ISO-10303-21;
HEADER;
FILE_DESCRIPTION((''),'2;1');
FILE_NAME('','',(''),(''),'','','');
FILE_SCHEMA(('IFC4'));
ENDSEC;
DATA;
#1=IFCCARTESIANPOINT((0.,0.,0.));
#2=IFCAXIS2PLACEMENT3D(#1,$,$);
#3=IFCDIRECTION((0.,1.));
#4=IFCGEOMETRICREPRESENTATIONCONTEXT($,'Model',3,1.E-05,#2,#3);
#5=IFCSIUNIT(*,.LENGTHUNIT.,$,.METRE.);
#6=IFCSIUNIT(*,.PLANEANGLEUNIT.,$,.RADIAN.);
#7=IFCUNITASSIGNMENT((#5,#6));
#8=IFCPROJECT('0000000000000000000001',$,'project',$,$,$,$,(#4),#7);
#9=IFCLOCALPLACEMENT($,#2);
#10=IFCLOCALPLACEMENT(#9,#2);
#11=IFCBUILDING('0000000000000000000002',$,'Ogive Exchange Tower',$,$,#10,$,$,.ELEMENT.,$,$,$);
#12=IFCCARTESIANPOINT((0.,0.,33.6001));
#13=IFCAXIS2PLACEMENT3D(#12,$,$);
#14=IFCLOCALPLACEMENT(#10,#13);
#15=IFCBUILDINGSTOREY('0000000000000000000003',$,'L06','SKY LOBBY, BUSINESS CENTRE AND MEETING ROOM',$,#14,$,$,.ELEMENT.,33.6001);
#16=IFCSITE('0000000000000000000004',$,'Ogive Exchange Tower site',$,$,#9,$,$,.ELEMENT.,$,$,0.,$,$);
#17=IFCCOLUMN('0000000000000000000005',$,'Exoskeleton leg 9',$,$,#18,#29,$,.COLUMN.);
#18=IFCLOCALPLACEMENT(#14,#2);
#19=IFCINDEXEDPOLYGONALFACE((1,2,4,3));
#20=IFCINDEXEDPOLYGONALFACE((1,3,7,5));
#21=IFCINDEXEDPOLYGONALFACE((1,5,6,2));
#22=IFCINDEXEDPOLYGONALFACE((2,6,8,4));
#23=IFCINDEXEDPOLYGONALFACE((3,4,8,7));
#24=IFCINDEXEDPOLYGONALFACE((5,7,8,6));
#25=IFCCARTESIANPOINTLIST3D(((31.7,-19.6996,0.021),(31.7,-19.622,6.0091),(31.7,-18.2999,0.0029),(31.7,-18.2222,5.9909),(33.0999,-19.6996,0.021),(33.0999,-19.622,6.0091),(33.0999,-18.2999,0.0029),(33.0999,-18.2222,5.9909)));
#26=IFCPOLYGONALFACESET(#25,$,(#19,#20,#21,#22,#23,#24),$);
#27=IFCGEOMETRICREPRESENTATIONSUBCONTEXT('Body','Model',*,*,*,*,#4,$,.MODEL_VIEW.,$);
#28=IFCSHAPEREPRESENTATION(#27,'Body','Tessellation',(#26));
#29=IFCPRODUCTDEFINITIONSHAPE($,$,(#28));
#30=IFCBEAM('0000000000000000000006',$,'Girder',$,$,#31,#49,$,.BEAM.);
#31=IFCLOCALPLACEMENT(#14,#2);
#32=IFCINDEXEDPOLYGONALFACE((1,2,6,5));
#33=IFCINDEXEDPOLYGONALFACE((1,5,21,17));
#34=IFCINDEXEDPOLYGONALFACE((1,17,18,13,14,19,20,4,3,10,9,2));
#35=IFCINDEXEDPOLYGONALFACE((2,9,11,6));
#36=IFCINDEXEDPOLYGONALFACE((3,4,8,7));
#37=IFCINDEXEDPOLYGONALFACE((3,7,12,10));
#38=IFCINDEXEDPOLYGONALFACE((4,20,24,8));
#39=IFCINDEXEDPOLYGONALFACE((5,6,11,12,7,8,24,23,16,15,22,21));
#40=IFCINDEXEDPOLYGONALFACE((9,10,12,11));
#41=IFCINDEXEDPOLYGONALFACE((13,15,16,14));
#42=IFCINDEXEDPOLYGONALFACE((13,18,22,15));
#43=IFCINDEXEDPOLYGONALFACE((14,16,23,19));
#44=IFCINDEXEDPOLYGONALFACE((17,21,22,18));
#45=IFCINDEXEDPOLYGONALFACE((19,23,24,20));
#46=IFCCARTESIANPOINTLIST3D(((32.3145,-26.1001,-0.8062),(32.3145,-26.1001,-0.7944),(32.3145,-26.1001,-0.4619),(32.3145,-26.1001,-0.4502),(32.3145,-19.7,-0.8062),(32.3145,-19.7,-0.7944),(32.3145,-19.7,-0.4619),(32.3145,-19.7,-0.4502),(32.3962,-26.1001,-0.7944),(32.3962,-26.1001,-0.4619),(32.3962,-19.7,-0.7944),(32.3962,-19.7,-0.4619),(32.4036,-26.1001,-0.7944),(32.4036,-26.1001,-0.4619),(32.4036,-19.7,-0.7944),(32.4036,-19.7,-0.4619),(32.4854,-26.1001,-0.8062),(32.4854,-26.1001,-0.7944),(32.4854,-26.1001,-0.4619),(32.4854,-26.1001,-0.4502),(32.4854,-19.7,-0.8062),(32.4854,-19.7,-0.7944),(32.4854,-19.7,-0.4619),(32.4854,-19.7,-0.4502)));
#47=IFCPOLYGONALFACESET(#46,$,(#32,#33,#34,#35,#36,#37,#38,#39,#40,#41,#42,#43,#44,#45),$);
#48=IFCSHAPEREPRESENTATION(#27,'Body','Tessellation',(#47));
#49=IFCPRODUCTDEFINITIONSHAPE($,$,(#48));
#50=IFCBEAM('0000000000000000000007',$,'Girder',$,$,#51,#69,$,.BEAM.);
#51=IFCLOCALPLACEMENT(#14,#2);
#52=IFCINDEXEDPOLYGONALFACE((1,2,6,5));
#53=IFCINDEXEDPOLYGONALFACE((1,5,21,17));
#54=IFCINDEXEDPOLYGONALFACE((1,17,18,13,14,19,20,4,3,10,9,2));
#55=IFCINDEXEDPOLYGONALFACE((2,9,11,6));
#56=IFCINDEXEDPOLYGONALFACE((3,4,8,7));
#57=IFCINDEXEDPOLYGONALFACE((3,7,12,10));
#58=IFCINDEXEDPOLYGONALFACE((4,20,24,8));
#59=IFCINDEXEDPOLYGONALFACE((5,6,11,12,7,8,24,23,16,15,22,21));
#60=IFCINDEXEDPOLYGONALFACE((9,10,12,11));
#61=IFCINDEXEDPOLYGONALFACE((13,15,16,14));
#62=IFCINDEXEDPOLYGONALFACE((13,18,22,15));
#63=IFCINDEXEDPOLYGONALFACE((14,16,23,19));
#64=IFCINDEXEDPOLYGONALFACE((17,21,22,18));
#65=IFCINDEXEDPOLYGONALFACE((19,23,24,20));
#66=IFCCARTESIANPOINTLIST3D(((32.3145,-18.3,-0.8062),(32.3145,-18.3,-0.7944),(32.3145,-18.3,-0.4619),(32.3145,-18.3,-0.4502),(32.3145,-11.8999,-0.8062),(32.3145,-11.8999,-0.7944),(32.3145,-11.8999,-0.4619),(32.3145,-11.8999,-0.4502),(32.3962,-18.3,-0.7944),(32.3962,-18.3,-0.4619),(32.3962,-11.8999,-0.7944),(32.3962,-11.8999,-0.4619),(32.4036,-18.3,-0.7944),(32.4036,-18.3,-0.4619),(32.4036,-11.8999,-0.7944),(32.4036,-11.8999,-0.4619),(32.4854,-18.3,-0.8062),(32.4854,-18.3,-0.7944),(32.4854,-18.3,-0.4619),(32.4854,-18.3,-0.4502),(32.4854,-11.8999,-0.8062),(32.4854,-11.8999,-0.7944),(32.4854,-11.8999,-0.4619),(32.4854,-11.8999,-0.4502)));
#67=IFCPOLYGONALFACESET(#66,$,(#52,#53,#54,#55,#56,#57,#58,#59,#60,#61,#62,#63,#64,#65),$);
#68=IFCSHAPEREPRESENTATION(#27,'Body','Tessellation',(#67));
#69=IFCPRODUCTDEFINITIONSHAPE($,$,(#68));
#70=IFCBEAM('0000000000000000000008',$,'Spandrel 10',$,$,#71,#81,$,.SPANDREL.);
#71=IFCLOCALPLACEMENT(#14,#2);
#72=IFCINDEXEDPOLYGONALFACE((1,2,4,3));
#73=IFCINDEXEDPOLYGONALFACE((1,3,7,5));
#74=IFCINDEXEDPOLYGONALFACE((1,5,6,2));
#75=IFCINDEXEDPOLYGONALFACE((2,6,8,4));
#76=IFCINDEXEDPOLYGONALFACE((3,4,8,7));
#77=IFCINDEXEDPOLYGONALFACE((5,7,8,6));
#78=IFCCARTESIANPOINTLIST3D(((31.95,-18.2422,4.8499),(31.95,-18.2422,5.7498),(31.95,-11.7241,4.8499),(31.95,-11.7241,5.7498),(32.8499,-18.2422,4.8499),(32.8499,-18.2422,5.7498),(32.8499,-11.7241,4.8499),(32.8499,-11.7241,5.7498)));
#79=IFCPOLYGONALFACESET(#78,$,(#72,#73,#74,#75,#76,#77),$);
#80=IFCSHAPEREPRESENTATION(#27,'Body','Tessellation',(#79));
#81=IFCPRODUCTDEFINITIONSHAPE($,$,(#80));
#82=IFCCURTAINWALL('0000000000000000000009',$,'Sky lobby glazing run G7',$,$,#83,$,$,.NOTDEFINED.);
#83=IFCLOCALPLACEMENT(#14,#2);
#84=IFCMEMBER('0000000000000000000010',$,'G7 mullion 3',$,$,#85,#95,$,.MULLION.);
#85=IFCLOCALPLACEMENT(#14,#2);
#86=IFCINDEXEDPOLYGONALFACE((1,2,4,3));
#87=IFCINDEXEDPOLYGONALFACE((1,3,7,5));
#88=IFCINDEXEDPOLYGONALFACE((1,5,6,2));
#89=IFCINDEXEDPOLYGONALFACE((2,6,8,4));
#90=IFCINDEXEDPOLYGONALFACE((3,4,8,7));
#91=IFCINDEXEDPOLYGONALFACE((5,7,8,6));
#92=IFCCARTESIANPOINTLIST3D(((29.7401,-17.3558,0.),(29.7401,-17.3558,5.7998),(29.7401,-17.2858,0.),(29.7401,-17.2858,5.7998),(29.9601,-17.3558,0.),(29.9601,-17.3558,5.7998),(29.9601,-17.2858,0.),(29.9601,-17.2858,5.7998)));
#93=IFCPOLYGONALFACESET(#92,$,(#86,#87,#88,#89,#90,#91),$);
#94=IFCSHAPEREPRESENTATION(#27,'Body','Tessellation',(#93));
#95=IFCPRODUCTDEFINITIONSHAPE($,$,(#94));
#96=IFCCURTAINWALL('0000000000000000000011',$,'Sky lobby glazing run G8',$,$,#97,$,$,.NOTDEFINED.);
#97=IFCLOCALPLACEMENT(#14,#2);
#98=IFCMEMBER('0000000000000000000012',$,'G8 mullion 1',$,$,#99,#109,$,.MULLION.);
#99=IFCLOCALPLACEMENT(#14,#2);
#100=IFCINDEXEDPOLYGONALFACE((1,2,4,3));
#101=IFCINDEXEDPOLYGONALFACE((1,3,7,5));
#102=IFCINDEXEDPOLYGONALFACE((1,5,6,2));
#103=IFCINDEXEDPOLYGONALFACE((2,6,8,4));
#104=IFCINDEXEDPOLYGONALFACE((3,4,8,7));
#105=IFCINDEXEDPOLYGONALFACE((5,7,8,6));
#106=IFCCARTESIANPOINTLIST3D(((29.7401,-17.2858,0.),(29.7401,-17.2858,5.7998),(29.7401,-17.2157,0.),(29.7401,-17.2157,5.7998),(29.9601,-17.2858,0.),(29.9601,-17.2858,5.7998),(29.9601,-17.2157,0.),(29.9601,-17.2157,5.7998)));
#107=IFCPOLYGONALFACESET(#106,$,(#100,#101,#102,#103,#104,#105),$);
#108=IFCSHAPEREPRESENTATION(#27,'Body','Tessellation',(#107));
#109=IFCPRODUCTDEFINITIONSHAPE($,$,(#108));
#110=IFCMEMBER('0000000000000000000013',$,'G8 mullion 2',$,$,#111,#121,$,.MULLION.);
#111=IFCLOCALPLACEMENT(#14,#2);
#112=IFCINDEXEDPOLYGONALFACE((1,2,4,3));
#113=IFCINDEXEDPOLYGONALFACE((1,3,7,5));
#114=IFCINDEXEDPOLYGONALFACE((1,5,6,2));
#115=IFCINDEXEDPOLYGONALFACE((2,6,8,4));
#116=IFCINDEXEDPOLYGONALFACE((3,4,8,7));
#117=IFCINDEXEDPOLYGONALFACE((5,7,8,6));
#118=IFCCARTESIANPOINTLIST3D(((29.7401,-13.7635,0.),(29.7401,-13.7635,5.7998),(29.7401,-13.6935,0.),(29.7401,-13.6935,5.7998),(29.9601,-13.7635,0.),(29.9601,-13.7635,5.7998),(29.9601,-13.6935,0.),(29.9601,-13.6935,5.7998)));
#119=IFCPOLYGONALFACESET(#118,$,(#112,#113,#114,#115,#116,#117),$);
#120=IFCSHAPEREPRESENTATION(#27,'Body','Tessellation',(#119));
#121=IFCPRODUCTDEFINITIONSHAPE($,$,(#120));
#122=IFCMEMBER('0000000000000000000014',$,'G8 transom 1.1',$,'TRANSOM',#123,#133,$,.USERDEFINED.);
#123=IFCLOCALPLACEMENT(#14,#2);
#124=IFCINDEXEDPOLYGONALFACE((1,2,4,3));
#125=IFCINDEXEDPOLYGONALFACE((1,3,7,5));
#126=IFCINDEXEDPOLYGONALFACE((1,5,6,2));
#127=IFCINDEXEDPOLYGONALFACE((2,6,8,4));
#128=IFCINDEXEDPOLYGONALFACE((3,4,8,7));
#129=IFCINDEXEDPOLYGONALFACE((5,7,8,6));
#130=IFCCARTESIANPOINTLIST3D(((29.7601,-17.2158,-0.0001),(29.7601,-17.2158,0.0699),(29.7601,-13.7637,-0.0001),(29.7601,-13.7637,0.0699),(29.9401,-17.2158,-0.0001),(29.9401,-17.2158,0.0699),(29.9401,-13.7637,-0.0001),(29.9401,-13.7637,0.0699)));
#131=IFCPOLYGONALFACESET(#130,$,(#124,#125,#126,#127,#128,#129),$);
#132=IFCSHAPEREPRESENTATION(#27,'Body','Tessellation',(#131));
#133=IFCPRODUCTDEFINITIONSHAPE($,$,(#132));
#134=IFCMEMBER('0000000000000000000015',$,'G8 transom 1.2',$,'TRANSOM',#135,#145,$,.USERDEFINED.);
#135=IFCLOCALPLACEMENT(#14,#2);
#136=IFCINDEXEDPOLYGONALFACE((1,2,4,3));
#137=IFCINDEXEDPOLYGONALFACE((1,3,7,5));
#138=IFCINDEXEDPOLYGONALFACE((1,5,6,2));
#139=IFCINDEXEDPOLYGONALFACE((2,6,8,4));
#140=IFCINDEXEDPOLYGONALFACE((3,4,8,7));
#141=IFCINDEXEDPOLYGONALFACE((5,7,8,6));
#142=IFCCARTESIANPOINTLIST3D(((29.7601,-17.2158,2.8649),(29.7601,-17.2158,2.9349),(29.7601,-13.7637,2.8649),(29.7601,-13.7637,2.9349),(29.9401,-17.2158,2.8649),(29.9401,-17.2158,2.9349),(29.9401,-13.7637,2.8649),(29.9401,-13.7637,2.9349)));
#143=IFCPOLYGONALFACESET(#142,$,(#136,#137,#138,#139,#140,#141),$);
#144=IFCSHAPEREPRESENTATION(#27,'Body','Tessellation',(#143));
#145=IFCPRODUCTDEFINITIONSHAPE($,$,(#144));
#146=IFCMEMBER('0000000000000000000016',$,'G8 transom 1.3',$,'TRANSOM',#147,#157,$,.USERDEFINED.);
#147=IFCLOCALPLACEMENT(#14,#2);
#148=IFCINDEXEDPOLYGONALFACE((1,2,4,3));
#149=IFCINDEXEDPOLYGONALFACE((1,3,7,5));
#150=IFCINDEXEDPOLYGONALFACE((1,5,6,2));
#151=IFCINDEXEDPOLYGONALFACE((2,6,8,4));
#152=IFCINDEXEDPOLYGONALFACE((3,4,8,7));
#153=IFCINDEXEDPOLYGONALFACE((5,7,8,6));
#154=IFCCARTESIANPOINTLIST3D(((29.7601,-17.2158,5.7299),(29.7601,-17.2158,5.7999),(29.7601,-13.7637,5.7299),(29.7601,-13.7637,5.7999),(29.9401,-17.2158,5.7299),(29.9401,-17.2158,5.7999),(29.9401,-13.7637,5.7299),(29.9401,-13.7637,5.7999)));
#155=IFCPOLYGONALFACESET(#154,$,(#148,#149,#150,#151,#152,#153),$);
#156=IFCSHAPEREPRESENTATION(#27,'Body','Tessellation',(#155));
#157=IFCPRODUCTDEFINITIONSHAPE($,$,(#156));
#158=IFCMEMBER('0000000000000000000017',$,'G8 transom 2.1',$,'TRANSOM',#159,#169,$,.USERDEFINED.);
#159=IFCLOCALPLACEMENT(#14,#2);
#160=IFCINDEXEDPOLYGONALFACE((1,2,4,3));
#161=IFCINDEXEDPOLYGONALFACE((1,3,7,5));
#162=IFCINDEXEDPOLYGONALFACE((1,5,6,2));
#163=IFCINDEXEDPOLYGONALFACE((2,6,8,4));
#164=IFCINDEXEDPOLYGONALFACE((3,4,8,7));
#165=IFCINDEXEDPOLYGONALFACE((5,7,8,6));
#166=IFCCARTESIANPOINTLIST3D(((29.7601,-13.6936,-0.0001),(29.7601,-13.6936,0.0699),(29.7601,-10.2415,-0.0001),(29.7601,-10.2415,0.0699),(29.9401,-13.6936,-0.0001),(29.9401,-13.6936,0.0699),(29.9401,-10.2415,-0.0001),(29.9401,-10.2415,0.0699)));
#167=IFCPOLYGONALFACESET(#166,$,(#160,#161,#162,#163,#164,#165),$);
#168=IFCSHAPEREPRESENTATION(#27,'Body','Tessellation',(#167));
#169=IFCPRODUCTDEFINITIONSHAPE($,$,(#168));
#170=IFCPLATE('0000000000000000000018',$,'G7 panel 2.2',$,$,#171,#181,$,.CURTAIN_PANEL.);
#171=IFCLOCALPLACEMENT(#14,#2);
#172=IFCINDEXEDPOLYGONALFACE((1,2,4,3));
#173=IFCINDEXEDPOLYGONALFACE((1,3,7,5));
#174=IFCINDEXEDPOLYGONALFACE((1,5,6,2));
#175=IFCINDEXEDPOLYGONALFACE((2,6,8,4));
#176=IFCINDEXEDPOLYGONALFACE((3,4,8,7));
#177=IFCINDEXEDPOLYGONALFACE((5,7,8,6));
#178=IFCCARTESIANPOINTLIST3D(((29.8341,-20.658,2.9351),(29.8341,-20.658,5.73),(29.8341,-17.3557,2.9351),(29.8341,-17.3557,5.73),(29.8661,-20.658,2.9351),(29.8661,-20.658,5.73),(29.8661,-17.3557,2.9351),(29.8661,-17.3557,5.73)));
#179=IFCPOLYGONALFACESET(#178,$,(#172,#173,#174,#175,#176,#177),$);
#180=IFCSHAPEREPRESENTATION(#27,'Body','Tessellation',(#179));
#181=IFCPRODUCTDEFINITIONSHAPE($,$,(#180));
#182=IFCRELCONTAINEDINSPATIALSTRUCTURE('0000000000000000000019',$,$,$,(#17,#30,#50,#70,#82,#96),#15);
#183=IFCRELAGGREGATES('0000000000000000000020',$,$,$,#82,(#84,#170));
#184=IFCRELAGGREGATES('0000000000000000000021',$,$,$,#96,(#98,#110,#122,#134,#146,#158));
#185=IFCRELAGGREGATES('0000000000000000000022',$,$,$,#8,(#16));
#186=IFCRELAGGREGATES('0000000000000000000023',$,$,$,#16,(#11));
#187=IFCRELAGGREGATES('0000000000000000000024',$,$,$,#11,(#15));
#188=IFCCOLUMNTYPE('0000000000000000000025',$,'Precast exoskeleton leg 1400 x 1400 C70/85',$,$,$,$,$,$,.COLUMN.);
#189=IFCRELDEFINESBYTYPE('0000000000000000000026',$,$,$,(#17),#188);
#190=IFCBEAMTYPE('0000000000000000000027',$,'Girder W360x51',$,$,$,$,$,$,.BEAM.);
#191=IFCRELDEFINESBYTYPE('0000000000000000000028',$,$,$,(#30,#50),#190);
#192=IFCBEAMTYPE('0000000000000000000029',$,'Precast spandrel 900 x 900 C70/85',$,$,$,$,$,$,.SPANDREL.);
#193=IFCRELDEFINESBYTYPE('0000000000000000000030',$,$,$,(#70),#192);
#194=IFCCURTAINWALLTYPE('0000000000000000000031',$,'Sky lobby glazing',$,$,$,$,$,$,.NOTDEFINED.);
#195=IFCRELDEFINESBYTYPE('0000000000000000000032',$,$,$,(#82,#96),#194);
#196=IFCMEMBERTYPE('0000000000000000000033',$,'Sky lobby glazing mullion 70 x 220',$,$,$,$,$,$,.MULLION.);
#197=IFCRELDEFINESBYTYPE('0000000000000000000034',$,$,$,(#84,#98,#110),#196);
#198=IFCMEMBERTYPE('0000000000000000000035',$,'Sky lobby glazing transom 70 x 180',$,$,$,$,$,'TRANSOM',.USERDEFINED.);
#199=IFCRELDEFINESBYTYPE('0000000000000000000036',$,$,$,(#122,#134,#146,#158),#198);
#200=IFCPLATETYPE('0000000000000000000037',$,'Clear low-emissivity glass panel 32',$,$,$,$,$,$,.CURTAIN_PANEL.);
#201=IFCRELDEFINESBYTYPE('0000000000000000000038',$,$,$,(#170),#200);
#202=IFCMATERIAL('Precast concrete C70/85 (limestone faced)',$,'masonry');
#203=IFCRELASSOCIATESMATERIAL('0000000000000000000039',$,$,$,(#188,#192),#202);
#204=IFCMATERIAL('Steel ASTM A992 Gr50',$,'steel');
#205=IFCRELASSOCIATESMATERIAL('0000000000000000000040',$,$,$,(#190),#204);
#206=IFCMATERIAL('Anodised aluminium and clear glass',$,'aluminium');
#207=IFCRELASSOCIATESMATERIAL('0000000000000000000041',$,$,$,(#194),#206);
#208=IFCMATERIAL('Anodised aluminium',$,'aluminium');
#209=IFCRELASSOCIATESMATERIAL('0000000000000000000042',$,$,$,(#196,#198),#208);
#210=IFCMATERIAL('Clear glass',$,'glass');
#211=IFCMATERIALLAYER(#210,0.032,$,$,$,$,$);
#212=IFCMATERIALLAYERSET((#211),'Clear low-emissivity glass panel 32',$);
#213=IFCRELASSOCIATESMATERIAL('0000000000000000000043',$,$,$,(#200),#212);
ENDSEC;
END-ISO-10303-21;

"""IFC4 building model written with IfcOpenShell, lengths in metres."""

from ifc_helpers import new_model, si_unit, direction, frame, origin, origin_2d, place, context, subcontext, project, spatial, rectangle, i_section, extrude, material, layer, layer_set, material_profile, profile_set, type_object, element, aggregate, save


model = new_model("IFC4")

# Units and contexts
model_context = context("Model", 3, precision=1e-05, world=origin(), true_north=direction((0.0, 1.0)))
body_context = subcontext(model_context, "Body", "Model", "MODEL_VIEW")
ifc_project = project(units=[si_unit("LENGTHUNIT", "METRE"), si_unit("PLANEANGLEUNIT", "RADIAN")], contexts=[model_context])

# Site, building, storey
site_placement = place(None, origin())
site = spatial("IfcSite", under=ifc_project, at=site_placement, Name="Ogive Exchange Tower site", CompositionType="ELEMENT", RefElevation=0.0)
building_placement = place(site_placement, origin())
building = spatial("IfcBuilding", under=site, at=building_placement, Name="Ogive Exchange Tower", CompositionType="ELEMENT")
storey_placement = place(building_placement, frame((0.0, 0.0, 33.6001)))
storey = spatial("IfcBuildingStorey", under=building, at=storey_placement, Name="L06", Description="SKY LOBBY, BUSINESS CENTRE AND MEETING ROOM", CompositionType="ELEMENT", Elevation=33.6001)

# Column
ifc_material_1 = material(Name="Precast concrete C70/85 (limestone faced)", Category="masonry")
ifc_material_profile_1 = material_profile(ifc_material_1, rectangle(XDim=1.3999, YDim=1.3999, at=origin_2d()), Name="1400 x 1400")
ifc_profile_set_1 = profile_set([ifc_material_profile_1], Name="Precast concrete C70/85 (limestone faced)")
column_type = type_object("IfcColumnType", Name="Precast exoskeleton leg 1400 x 1400 C70/85", PredefinedType="COLUMN", material=ifc_profile_set_1)
column_placement = place(storey_placement, frame((32.3999, -18.9998, 0.012), z_axis=(0.0, 0.012964, 0.999916), x_axis=(-1.0, 0.0, 0.0)))
element("IfcColumn", 1, at=column_placement, inside=storey, type_object=column_type, Name="Exoskeleton leg 9", PredefinedType="COLUMN", context=body_context, shape_type="SweptSolid", body=[
    extrude(rectangle(XDim=1.3999, YDim=1.3999, at=origin_2d()), origin(), (0.0, 0.0, 1.0), 5.9885),
])

# Beams
ifc_material_2 = material(Name="Steel ASTM A992 Gr50", Category="steel")
ifc_material_profile_2 = material_profile(ifc_material_2, i_section(OverallWidth=0.1709, OverallDepth=0.356, WebThickness=0.0073, FlangeThickness=0.0117, at=origin_2d()), Name="W360x51")
ifc_profile_set_2 = profile_set([ifc_material_profile_2], Name="Steel ASTM A992 Gr50")
beam_type_1 = type_object("IfcBeamType", Name="Girder W360x51", PredefinedType="BEAM", material=ifc_profile_set_2)
for number, where, z_axis, x_axis, name in (
    (2, (32.3999, -26.1001, -0.6282), (0.0, 1.0, 0.0), (-1.0, 0.0, 0.0), "Girder"),
    (3, (32.3999, -18.3, -0.6282), (0.0, 1.0, 0.0), (-1.0, 0.0, 0.0), "Girder"),
):
    element("IfcBeam", number, at=place(storey_placement, frame(where, z_axis=z_axis, x_axis=x_axis)), inside=storey, type_object=beam_type_1, Name=name, PredefinedType="BEAM", context=body_context, shape_type="SweptSolid", body=[
        extrude(i_section(OverallWidth=0.1709, OverallDepth=0.356, WebThickness=0.0073, FlangeThickness=0.0117, at=origin_2d()), origin(), (0.0, 0.0, 1.0), 6.4001),
    ])
ifc_material_profile_3 = material_profile(ifc_material_1, rectangle(XDim=0.8999, YDim=0.8999, at=origin_2d()), Name="900 x 900")
ifc_profile_set_3 = profile_set([ifc_material_profile_3], Name="Precast concrete C70/85 (limestone faced)")
beam_type_2 = type_object("IfcBeamType", Name="Precast spandrel 900 x 900 C70/85", PredefinedType="SPANDREL", material=ifc_profile_set_3)
beam_placement = place(storey_placement, frame((32.3999, -18.2422, 5.2998), z_axis=(0.0, 1.0, 0.0), x_axis=(-1.0, 0.0, 0.0)))
element("IfcBeam", 4, at=beam_placement, inside=storey, type_object=beam_type_2, Name="Spandrel 10", PredefinedType="SPANDREL", context=body_context, shape_type="SweptSolid", body=[
    extrude(rectangle(XDim=0.8999, YDim=0.8999, at=origin_2d()), origin(), (0.0, 0.0, 1.0), 6.5181),
])

# Curtain wall, member
ifc_material_3 = material(Name="Anodised aluminium and clear glass", Category="aluminium")
curtain_wall_type = type_object("IfcCurtainWallType", Name="Sky lobby glazing", PredefinedType="NOTDEFINED", material=ifc_material_3)
curtain_wall_1_placement = place(storey_placement, origin())
curtain_wall_1 = element("IfcCurtainWall", 5, at=curtain_wall_1_placement, inside=storey, type_object=curtain_wall_type, Name="Sky lobby glazing run G7", PredefinedType="NOTDEFINED")
ifc_material_4 = material(Name="Anodised aluminium", Category="aluminium")
ifc_material_profile_4 = material_profile(ifc_material_4, rectangle(XDim=0.22, YDim=0.0701, at=origin_2d()), Name="AL 70x220")
ifc_profile_set_4 = profile_set([ifc_material_profile_4], Name="Anodised aluminium")
member_type_1 = type_object("IfcMemberType", Name="Sky lobby glazing mullion 70 x 220", PredefinedType="MULLION", material=ifc_profile_set_4)
member_1_placement = place(storey_placement, frame((29.8501, -17.3208, 0.0), z_axis=(0.0, 0.0, 1.0), x_axis=(-1.0, 0.0, 0.0)))
member_1 = element("IfcMember", 6, at=member_1_placement, type_object=member_type_1, Name="G7 mullion 3", PredefinedType="MULLION", context=body_context, shape_type="SweptSolid", body=[
    extrude(rectangle(XDim=0.22, YDim=0.0701, at=origin_2d()), origin(), (0.0, 0.0, 1.0), 5.7998),
])

# Curtain wall, members
curtain_wall_2_placement = place(storey_placement, origin())
curtain_wall_2 = element("IfcCurtainWall", 7, at=curtain_wall_2_placement, inside=storey, type_object=curtain_wall_type, Name="Sky lobby glazing run G8", PredefinedType="NOTDEFINED")
member_2_placement = place(storey_placement, frame((29.8501, -17.2507, 0.0), z_axis=(0.0, 0.0, 1.0), x_axis=(-1.0, 0.0, 0.0)))
member_2 = element("IfcMember", 8, at=member_2_placement, type_object=member_type_1, Name="G8 mullion 1", PredefinedType="MULLION", context=body_context, shape_type="SweptSolid", body=[
    extrude(rectangle(XDim=0.22, YDim=0.0701, at=origin_2d()), origin(), (0.0, 0.0, 1.0), 5.7998),
])
member_3_placement = place(storey_placement, frame((29.8501, -13.7285, 0.0), z_axis=(0.0, 0.0, 1.0), x_axis=(-1.0, 0.0, 0.0)))
member_3 = element("IfcMember", 9, at=member_3_placement, type_object=member_type_1, Name="G8 mullion 2", PredefinedType="MULLION", context=body_context, shape_type="SweptSolid", body=[
    extrude(rectangle(XDim=0.22, YDim=0.0701, at=origin_2d()), origin(), (0.0, 0.0, 1.0), 5.7998),
])
ifc_material_profile_5 = material_profile(ifc_material_4, rectangle(XDim=0.1799, YDim=0.0701, at=origin_2d()), Name="AL 70x180")
ifc_profile_set_5 = profile_set([ifc_material_profile_5], Name="Anodised aluminium")
member_type_2 = type_object("IfcMemberType", Name="Sky lobby glazing transom 70 x 180", ElementType="TRANSOM", PredefinedType="USERDEFINED", material=ifc_profile_set_5)
member_4_placement = place(storey_placement, frame((29.8501, -17.2158, 0.0349), z_axis=(0.0, 1.0, 0.0), x_axis=(-1.0, 0.0, 0.0)))
member_4 = element("IfcMember", 10, at=member_4_placement, type_object=member_type_2, Name="G8 transom 1.1", ObjectType="TRANSOM", PredefinedType="USERDEFINED", context=body_context, shape_type="SweptSolid", body=[
    extrude(rectangle(XDim=0.1799, YDim=0.0701, at=origin_2d()), origin(), (0.0, 0.0, 1.0), 3.4521),
])
member_5_placement = place(storey_placement, frame((29.8501, -17.2158, 2.8999), z_axis=(0.0, 1.0, 0.0), x_axis=(-1.0, 0.0, 0.0)))
member_5 = element("IfcMember", 11, at=member_5_placement, type_object=member_type_2, Name="G8 transom 1.2", ObjectType="TRANSOM", PredefinedType="USERDEFINED", context=body_context, shape_type="SweptSolid", body=[
    extrude(rectangle(XDim=0.1799, YDim=0.0701, at=origin_2d()), origin(), (0.0, 0.0, 1.0), 3.4521),
])
member_6_placement = place(storey_placement, frame((29.8501, -17.2158, 5.7649), z_axis=(0.0, 1.0, 0.0), x_axis=(-1.0, 0.0, 0.0)))
member_6 = element("IfcMember", 12, at=member_6_placement, type_object=member_type_2, Name="G8 transom 1.3", ObjectType="TRANSOM", PredefinedType="USERDEFINED", context=body_context, shape_type="SweptSolid", body=[
    extrude(rectangle(XDim=0.1799, YDim=0.0701, at=origin_2d()), origin(), (0.0, 0.0, 1.0), 3.4521),
])
member_7_placement = place(storey_placement, frame((29.8501, -13.6936, 0.0349), z_axis=(0.0, 1.0, 0.0), x_axis=(-1.0, 0.0, 0.0)))
member_7 = element("IfcMember", 13, at=member_7_placement, type_object=member_type_2, Name="G8 transom 2.1", ObjectType="TRANSOM", PredefinedType="USERDEFINED", context=body_context, shape_type="SweptSolid", body=[
    extrude(rectangle(XDim=0.1799, YDim=0.0701, at=origin_2d()), origin(), (0.0, 0.0, 1.0), 3.4521),
])

# Plate
ifc_material_5 = material(Name="Clear glass", Category="glass")
ifc_layer_1 = layer(ifc_material_5, 0.032)
ifc_layer_set_1 = layer_set([ifc_layer_1], Name="Clear low-emissivity glass panel 32")
plate_type = type_object("IfcPlateType", Name="Clear low-emissivity glass panel 32", PredefinedType="CURTAIN_PANEL", material=ifc_layer_set_1)
plate_1_placement = place(storey_placement, frame((29.8501, -19.0068, 2.9351), z_axis=(0.0, 0.0, 1.0), x_axis=(0.0, 1.0, 0.0)))
plate_1 = element("IfcPlate", 14, at=plate_1_placement, type_object=plate_type, Name="G7 panel 2.2", PredefinedType="CURTAIN_PANEL", context=body_context, shape_type="SweptSolid", body=[
    extrude(rectangle(XDim=3.3022, YDim=0.032, at=origin_2d()), origin(), (0.0, 0.0, 1.0), 2.7949),
])
aggregate(curtain_wall_1, [member_1, plate_1])
aggregate(curtain_wall_2, [member_2, member_3, member_4, member_5, member_6, member_7])

save(model, "model.ifc")
